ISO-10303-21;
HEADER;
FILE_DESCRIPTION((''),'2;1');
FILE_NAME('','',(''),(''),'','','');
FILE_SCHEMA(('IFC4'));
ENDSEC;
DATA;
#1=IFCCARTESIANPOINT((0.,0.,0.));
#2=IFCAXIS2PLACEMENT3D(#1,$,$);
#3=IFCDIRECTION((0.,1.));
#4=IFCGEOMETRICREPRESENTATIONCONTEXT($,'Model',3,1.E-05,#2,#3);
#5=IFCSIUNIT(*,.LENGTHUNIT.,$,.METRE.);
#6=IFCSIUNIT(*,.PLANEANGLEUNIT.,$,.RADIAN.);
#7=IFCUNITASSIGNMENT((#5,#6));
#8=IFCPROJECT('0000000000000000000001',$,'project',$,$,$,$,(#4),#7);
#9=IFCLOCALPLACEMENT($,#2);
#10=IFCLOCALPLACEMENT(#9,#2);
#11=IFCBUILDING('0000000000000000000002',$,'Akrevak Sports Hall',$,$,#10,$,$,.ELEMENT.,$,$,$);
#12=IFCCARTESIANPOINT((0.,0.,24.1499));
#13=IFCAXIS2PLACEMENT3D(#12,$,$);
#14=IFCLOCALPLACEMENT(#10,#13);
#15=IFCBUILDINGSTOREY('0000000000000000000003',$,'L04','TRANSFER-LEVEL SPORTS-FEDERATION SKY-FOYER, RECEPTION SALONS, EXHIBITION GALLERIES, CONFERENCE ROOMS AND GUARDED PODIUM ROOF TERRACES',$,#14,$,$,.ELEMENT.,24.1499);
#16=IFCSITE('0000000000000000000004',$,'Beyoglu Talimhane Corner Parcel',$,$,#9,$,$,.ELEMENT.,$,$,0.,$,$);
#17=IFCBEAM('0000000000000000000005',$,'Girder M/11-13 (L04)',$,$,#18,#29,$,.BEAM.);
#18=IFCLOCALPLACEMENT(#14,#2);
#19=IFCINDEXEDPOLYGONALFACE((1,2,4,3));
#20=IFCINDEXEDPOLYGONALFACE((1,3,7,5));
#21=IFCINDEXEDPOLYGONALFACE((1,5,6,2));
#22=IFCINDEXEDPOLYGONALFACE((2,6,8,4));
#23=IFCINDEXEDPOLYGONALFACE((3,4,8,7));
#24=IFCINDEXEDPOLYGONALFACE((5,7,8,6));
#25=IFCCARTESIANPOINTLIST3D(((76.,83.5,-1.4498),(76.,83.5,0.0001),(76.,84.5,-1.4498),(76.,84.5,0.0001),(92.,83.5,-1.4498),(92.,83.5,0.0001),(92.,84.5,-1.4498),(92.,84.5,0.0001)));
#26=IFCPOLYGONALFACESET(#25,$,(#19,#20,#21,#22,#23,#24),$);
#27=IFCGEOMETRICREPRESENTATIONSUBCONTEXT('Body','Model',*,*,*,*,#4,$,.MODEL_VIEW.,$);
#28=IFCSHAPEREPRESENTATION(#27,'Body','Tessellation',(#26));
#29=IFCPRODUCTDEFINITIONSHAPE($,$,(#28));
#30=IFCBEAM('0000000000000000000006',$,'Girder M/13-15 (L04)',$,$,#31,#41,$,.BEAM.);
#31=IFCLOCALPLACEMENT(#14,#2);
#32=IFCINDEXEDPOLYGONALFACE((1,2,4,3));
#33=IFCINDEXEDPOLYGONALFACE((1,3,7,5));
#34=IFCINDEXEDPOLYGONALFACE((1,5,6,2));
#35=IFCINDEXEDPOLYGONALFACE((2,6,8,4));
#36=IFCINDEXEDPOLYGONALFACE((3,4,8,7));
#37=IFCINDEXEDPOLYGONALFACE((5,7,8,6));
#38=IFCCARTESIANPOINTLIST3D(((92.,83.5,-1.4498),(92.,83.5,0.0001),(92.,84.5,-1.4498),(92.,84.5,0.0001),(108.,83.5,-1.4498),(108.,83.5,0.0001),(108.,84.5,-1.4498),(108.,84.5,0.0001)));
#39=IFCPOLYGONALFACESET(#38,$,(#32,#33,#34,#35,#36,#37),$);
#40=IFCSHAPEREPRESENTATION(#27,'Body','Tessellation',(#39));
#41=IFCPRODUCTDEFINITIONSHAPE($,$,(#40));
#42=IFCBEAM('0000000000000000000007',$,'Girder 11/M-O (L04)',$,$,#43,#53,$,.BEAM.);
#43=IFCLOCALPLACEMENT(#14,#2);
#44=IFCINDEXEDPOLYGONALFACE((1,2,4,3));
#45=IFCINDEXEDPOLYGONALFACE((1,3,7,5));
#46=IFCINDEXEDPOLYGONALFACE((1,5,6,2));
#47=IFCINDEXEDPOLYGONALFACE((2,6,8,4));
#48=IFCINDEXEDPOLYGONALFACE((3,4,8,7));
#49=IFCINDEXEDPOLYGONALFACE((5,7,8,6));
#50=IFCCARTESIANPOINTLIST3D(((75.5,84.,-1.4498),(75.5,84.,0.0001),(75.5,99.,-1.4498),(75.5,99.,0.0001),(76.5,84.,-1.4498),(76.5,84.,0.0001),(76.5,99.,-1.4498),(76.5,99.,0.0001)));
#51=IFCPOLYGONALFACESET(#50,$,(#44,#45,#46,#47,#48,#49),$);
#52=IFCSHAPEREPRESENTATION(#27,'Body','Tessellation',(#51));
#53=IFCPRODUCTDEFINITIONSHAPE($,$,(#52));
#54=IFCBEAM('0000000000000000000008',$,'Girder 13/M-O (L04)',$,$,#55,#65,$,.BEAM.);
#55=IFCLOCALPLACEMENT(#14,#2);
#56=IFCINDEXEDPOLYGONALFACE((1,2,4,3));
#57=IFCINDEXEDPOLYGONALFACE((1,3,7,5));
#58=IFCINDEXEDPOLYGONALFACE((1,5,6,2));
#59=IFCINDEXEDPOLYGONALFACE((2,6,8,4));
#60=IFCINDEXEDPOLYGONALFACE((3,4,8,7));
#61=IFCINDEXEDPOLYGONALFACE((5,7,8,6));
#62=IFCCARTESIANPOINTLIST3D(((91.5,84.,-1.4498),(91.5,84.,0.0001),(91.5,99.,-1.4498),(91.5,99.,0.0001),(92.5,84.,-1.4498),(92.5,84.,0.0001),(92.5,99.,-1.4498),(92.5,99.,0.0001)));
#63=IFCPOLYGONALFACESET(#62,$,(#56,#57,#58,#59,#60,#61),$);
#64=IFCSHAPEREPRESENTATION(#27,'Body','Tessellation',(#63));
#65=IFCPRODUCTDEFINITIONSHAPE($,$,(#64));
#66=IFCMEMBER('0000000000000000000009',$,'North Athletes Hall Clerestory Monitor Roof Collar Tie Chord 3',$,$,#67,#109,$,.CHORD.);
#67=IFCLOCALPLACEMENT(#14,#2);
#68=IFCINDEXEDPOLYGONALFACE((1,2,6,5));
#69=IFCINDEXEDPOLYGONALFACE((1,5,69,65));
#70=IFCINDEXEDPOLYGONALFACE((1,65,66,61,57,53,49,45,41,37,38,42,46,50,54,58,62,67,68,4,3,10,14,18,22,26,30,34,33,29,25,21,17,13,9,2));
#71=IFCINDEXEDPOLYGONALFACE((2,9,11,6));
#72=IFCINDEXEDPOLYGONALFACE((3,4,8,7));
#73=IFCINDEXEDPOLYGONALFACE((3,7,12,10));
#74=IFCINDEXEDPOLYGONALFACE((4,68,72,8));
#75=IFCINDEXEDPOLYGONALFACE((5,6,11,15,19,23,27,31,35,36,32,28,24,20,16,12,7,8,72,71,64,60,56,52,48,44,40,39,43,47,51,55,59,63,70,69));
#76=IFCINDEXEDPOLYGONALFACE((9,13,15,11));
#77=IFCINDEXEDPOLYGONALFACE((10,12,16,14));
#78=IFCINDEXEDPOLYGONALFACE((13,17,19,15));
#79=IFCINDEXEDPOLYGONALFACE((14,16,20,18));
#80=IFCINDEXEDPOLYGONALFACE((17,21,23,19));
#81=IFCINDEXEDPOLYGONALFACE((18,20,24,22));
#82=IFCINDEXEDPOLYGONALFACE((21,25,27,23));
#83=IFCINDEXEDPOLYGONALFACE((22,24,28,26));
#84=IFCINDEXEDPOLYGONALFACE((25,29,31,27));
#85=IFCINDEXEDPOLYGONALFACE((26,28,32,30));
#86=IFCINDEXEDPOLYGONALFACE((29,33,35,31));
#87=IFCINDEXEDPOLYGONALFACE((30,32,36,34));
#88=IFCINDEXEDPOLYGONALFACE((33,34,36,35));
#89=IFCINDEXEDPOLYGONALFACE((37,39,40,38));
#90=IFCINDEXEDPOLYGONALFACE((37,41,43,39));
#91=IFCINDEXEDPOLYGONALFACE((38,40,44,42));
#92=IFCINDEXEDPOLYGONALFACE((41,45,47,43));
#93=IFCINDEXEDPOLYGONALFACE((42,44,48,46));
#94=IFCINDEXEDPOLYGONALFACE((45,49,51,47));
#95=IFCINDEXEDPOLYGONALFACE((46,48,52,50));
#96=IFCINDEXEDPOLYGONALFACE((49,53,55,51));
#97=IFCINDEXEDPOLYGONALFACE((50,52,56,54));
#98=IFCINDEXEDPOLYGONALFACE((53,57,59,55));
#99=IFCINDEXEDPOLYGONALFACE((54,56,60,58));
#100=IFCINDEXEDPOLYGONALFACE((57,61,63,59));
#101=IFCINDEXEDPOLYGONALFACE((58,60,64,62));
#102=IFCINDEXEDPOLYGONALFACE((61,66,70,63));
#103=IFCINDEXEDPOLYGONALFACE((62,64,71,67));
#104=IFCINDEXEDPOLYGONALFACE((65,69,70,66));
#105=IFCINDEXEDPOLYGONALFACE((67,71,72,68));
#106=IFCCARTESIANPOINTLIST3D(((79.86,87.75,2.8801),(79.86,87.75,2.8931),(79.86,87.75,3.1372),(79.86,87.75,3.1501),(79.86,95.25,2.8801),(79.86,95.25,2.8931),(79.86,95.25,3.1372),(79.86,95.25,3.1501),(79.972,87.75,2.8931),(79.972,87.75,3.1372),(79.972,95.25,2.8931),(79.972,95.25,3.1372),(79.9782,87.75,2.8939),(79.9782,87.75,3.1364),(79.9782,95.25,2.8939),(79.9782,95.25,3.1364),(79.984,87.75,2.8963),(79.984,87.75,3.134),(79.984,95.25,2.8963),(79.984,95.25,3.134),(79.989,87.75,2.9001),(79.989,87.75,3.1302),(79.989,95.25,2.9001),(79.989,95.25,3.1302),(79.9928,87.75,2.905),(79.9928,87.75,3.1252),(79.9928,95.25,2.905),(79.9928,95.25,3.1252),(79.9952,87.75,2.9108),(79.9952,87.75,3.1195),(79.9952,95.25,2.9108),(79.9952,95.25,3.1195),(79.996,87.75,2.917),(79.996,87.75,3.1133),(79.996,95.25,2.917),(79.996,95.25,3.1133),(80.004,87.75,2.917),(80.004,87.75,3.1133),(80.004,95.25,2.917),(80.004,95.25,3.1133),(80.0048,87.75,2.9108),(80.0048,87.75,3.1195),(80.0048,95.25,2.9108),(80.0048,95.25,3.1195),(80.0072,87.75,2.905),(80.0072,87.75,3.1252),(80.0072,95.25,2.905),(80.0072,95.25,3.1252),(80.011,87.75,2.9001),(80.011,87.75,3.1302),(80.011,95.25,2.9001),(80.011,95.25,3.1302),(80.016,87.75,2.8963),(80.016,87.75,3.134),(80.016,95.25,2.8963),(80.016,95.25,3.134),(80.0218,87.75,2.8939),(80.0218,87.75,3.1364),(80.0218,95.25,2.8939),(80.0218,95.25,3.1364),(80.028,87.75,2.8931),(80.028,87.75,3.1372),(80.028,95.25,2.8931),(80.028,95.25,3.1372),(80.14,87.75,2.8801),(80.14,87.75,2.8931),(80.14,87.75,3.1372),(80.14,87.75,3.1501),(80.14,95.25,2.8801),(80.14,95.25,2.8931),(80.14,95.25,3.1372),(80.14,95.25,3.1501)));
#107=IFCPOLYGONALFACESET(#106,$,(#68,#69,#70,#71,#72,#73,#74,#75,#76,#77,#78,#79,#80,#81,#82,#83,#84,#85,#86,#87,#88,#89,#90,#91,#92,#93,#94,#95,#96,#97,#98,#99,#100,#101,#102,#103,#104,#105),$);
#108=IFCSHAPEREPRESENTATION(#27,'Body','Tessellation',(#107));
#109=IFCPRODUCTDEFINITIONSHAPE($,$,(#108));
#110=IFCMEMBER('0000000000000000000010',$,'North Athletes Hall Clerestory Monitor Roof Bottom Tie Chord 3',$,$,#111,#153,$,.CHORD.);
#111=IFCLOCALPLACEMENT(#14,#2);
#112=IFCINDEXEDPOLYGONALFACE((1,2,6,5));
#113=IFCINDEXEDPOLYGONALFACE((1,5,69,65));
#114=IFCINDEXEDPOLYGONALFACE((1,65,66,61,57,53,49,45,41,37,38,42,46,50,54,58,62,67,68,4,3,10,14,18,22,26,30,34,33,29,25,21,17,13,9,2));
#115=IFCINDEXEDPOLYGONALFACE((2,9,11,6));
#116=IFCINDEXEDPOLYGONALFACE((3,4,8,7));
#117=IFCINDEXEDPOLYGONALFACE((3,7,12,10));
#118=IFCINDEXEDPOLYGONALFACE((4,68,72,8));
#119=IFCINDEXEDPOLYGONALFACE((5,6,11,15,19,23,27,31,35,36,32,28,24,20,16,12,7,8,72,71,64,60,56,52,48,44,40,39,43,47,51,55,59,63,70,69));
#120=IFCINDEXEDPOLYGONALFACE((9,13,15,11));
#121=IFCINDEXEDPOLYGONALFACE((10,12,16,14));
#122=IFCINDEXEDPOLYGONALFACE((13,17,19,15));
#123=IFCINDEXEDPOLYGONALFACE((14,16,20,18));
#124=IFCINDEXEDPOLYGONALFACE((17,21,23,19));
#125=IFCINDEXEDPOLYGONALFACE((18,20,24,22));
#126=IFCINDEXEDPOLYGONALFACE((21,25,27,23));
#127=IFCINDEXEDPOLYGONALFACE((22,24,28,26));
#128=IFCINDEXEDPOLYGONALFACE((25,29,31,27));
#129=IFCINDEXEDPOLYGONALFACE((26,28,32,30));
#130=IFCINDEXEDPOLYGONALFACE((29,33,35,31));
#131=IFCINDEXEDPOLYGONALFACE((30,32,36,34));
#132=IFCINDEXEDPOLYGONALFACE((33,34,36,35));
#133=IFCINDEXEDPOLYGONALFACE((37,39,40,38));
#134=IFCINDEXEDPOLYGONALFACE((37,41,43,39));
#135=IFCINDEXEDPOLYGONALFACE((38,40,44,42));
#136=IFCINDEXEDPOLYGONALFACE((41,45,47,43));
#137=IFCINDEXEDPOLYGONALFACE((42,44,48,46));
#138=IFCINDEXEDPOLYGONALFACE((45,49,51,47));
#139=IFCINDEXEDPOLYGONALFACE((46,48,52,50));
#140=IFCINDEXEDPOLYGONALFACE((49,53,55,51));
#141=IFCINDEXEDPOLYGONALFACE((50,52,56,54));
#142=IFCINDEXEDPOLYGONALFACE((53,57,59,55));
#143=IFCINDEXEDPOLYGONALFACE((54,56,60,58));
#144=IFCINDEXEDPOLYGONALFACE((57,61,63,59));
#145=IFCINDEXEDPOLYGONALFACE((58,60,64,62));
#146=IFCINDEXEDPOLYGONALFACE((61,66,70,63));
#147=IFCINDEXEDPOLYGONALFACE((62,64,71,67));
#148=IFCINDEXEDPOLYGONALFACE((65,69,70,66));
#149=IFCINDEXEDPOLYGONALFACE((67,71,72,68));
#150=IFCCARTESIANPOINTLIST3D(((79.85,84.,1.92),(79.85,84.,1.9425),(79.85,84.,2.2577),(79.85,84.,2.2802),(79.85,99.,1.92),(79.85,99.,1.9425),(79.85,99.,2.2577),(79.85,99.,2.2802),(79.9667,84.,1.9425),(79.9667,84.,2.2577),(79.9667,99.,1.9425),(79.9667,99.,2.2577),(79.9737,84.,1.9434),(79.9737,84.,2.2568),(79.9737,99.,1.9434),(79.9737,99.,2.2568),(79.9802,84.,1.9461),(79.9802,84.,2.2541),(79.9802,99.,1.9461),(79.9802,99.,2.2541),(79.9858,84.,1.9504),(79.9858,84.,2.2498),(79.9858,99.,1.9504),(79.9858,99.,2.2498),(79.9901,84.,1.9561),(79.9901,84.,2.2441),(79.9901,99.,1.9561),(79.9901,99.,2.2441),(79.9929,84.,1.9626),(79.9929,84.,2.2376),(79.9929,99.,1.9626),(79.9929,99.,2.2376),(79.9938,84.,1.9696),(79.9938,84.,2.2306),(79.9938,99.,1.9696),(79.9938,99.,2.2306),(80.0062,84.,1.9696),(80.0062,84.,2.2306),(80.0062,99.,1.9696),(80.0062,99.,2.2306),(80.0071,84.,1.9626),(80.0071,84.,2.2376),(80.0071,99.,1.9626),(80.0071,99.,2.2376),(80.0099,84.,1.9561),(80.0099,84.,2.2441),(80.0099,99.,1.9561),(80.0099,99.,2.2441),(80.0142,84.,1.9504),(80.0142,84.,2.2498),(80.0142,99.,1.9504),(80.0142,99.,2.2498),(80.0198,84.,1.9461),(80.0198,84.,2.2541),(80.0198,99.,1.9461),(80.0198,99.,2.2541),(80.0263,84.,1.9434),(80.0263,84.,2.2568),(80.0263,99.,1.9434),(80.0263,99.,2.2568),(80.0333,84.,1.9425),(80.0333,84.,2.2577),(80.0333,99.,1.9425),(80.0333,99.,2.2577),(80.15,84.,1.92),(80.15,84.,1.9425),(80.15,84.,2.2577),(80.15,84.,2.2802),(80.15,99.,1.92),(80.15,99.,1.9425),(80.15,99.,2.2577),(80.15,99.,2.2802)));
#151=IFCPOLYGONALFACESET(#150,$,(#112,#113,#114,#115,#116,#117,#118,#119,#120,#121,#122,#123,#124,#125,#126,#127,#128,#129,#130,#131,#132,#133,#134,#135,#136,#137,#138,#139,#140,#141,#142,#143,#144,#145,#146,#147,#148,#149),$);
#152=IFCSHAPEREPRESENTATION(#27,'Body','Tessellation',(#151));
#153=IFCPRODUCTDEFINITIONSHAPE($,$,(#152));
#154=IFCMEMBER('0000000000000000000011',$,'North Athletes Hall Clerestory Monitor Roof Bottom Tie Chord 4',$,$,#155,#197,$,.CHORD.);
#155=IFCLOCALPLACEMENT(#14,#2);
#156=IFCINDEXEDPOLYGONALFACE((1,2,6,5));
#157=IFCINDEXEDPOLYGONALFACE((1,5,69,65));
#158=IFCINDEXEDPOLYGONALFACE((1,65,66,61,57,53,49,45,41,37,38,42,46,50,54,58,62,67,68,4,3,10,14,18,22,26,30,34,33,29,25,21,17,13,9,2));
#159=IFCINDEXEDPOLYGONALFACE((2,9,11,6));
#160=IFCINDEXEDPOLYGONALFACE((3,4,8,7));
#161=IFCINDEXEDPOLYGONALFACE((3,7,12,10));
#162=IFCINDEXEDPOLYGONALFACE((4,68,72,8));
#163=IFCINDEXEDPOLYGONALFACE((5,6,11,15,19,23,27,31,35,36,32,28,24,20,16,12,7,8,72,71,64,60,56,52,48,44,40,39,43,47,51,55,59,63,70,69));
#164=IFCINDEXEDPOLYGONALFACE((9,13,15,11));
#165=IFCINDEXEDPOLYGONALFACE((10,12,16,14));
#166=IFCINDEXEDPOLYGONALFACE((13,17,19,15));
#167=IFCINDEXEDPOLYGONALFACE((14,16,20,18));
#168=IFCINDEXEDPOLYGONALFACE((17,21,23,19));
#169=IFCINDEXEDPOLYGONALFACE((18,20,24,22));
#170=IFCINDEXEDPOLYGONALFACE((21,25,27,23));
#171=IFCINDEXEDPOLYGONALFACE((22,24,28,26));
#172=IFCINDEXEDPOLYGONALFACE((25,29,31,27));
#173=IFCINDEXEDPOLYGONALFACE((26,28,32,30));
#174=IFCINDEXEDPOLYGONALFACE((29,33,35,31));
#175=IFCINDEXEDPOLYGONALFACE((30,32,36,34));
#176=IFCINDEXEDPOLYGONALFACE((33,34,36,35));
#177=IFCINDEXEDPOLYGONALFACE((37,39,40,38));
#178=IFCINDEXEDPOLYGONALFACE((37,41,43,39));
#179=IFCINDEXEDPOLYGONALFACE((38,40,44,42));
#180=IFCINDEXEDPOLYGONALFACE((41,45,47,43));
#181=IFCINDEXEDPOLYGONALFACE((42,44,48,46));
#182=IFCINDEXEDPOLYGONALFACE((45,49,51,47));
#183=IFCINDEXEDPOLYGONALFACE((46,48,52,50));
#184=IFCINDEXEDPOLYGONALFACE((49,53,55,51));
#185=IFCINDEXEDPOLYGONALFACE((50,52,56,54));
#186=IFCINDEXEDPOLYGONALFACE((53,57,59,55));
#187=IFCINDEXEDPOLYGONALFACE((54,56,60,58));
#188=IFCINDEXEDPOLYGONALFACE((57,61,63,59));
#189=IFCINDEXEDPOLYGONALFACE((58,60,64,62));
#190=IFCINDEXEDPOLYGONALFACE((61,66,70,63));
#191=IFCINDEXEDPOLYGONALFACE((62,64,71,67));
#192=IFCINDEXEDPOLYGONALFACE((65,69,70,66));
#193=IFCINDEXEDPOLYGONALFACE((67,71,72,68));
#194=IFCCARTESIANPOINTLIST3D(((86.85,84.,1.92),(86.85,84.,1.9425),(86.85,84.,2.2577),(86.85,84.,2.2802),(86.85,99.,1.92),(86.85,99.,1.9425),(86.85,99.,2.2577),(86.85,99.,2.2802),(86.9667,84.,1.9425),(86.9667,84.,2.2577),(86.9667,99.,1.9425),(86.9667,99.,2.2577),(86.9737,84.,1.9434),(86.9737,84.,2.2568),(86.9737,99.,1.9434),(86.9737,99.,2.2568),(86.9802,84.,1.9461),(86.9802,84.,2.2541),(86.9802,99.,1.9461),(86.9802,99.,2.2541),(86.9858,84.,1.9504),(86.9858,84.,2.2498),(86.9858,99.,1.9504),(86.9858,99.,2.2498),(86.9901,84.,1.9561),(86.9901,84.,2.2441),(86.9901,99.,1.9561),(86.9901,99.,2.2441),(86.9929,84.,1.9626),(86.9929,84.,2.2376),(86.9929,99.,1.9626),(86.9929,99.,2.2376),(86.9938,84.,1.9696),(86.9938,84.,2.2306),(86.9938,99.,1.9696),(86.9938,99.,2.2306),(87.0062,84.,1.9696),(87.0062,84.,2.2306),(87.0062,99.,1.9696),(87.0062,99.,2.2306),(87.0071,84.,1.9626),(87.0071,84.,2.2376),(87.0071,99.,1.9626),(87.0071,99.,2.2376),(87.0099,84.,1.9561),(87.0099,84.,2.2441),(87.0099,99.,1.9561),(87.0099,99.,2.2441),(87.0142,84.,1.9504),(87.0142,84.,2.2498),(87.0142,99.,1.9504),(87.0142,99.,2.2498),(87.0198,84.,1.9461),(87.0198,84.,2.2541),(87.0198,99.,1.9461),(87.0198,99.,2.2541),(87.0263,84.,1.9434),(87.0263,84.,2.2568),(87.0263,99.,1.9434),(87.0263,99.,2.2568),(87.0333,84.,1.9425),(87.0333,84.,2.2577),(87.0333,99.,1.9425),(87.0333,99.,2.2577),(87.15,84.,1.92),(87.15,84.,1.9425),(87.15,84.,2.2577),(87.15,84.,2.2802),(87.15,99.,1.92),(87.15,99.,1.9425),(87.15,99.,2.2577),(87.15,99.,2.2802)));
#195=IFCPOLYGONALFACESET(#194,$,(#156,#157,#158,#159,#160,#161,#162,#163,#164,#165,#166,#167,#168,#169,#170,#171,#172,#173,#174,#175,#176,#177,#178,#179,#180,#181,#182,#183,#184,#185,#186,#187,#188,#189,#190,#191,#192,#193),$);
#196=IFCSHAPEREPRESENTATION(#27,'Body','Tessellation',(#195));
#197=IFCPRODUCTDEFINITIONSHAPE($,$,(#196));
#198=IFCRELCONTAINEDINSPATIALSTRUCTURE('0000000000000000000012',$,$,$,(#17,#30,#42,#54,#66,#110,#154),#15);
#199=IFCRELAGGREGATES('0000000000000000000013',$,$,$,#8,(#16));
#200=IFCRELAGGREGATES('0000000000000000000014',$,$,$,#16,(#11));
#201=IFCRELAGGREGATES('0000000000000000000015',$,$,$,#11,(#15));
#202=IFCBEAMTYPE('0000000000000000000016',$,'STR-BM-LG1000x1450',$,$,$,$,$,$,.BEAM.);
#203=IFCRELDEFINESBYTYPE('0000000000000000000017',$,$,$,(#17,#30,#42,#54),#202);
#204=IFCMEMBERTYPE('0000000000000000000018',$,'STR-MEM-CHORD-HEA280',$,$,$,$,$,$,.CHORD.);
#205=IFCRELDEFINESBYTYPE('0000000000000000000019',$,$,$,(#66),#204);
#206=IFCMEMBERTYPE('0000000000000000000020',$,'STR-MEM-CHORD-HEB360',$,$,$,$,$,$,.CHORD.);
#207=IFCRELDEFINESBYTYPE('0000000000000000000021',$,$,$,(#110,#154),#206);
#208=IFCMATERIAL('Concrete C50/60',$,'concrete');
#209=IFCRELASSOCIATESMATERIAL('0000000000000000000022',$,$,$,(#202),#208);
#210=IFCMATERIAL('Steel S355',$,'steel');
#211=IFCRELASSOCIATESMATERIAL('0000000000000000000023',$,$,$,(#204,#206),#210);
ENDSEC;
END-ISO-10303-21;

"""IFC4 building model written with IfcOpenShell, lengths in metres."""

from ifc_helpers import new_model, si_unit, direction, frame, origin, origin_2d, place, context, subcontext, project, spatial, rectangle, i_section, extrude, material, material_profile, profile_set, type_object, element, save


model = new_model("IFC4")

# Units and contexts
model_context = context("Model", 3, precision=1e-05, world=origin(), true_north=direction((0.0, 1.0)))
body_context = subcontext(model_context, "Body", "Model", "MODEL_VIEW")
ifc_project = project(units=[si_unit("LENGTHUNIT", "METRE"), si_unit("PLANEANGLEUNIT", "RADIAN")], contexts=[model_context])

# Site, building, storey
site_placement = place(None, origin())
site = spatial("IfcSite", under=ifc_project, at=site_placement, Name="Beyoglu Talimhane Corner Parcel", CompositionType="ELEMENT", RefElevation=0.0)
building_placement = place(site_placement, origin())
building = spatial("IfcBuilding", under=site, at=building_placement, Name="Akrevak Sports Hall", CompositionType="ELEMENT")
storey_placement = place(building_placement, frame((0.0, 0.0, 24.1499)))
storey = spatial("IfcBuildingStorey", under=building, at=storey_placement, Name="L04", Description="TRANSFER-LEVEL SPORTS-FEDERATION SKY-FOYER, RECEPTION SALONS, EXHIBITION GALLERIES, CONFERENCE ROOMS AND GUARDED PODIUM ROOF TERRACES", CompositionType="ELEMENT", Elevation=24.1499)

# Beams
ifc_material_1 = material(Name="Concrete C50/60", Category="concrete")
ifc_material_profile_1 = material_profile(ifc_material_1, rectangle(XDim=1.0, YDim=1.45, at=origin_2d()), Name="BM 1000x1450", Category="concrete")
ifc_profile_set_1 = profile_set([ifc_material_profile_1], Name="Concrete C50/60")
beam_type = type_object("IfcBeamType", Name="STR-BM-LG1000x1450", PredefinedType="BEAM", material=ifc_profile_set_1)
for number, where, z_axis, x_axis, name in (
    (1, (76.0, 84.0, -0.7249), (1.0, 0.0, 0.0), (0.0, 1.0, 0.0), "Girder M/11-13 (L04)"),
    (2, (92.0, 84.0, -0.7249), (1.0, 0.0, 0.0), (0.0, 1.0, 0.0), "Girder M/13-15 (L04)"),
):
    element("IfcBeam", number, at=place(storey_placement, frame(where, z_axis=z_axis, x_axis=x_axis)), inside=storey, type_object=beam_type, Name=name, PredefinedType="BEAM", context=body_context, shape_type="SweptSolid", body=[
        extrude(rectangle(XDim=1.0, YDim=1.45, at=origin_2d()), origin(), (0.0, 0.0, 1.0), 16.0),
    ])
for number, where, z_axis, x_axis, name in (
    (3, (76.0, 84.0, -0.7249), (0.0, 1.0, 0.0), (-1.0, 0.0, 0.0), "Girder 11/M-O (L04)"),
    (4, (92.0, 84.0, -0.7249), (0.0, 1.0, 0.0), (-1.0, 0.0, 0.0), "Girder 13/M-O (L04)"),
):
    element("IfcBeam", number, at=place(storey_placement, frame(where, z_axis=z_axis, x_axis=x_axis)), inside=storey, type_object=beam_type, Name=name, PredefinedType="BEAM", context=body_context, shape_type="SweptSolid", body=[
        extrude(rectangle(XDim=1.0, YDim=1.45, at=origin_2d()), origin(), (0.0, 0.0, 1.0), 15.0),
    ])

# Members
ifc_material_2 = material(Name="Steel S355", Category="steel")
ifc_material_profile_2 = material_profile(ifc_material_2, i_section(OverallWidth=0.28, OverallDepth=0.27, WebThickness=0.0081, FlangeThickness=0.0129, FilletRadius=0.0239, at=origin_2d()), Name="HEA 280", Category="steel")
ifc_profile_set_2 = profile_set([ifc_material_profile_2], Name="Steel S355")
member_type_1 = type_object("IfcMemberType", Name="STR-MEM-CHORD-HEA280", PredefinedType="CHORD", material=ifc_profile_set_2)
member_placement = place(storey_placement, frame((80.0, 87.75, 3.0151), z_axis=(0.0, 1.0, 0.0), x_axis=(-1.0, 0.0, 0.0)))
element("IfcMember", 5, at=member_placement, inside=storey, type_object=member_type_1, Name="North Athletes Hall Clerestory Monitor Roof Collar Tie Chord 3", PredefinedType="CHORD", context=body_context, shape_type="SweptSolid", body=[
    extrude(i_section(OverallWidth=0.28, OverallDepth=0.27, WebThickness=0.0081, FlangeThickness=0.0129, FilletRadius=0.0239, at=origin_2d()), origin(), (0.0, 0.0, 1.0), 7.5),
])
ifc_material_profile_3 = material_profile(ifc_material_2, i_section(OverallWidth=0.3, OverallDepth=0.3601, WebThickness=0.0125, FlangeThickness=0.0225, FilletRadius=0.0271, at=origin_2d()), Name="HEB 360", Category="steel")
ifc_profile_set_3 = profile_set([ifc_material_profile_3], Name="Steel S355")
member_type_2 = type_object("IfcMemberType", Name="STR-MEM-CHORD-HEB360", PredefinedType="CHORD", material=ifc_profile_set_3)
for number, where, z_axis, x_axis, name in (
    (6, (80.0, 84.0, 2.1001), (0.0, 1.0, 0.0), (-1.0, 0.0, 0.0), "North Athletes Hall Clerestory Monitor Roof Bottom Tie Chord 3"),
    (7, (87.0, 84.0, 2.1001), (0.0, 1.0, 0.0), (-1.0, 0.0, 0.0), "North Athletes Hall Clerestory Monitor Roof Bottom Tie Chord 4"),
):
    element("IfcMember", number, at=place(storey_placement, frame(where, z_axis=z_axis, x_axis=x_axis)), inside=storey, type_object=member_type_2, Name=name, PredefinedType="CHORD", context=body_context, shape_type="SweptSolid", body=[
        extrude(i_section(OverallWidth=0.3, OverallDepth=0.3601, WebThickness=0.0125, FlangeThickness=0.0225, FilletRadius=0.0271, at=origin_2d()), origin(), (0.0, 0.0, 1.0), 15.0),
    ])

save(model, "model.ifc")
